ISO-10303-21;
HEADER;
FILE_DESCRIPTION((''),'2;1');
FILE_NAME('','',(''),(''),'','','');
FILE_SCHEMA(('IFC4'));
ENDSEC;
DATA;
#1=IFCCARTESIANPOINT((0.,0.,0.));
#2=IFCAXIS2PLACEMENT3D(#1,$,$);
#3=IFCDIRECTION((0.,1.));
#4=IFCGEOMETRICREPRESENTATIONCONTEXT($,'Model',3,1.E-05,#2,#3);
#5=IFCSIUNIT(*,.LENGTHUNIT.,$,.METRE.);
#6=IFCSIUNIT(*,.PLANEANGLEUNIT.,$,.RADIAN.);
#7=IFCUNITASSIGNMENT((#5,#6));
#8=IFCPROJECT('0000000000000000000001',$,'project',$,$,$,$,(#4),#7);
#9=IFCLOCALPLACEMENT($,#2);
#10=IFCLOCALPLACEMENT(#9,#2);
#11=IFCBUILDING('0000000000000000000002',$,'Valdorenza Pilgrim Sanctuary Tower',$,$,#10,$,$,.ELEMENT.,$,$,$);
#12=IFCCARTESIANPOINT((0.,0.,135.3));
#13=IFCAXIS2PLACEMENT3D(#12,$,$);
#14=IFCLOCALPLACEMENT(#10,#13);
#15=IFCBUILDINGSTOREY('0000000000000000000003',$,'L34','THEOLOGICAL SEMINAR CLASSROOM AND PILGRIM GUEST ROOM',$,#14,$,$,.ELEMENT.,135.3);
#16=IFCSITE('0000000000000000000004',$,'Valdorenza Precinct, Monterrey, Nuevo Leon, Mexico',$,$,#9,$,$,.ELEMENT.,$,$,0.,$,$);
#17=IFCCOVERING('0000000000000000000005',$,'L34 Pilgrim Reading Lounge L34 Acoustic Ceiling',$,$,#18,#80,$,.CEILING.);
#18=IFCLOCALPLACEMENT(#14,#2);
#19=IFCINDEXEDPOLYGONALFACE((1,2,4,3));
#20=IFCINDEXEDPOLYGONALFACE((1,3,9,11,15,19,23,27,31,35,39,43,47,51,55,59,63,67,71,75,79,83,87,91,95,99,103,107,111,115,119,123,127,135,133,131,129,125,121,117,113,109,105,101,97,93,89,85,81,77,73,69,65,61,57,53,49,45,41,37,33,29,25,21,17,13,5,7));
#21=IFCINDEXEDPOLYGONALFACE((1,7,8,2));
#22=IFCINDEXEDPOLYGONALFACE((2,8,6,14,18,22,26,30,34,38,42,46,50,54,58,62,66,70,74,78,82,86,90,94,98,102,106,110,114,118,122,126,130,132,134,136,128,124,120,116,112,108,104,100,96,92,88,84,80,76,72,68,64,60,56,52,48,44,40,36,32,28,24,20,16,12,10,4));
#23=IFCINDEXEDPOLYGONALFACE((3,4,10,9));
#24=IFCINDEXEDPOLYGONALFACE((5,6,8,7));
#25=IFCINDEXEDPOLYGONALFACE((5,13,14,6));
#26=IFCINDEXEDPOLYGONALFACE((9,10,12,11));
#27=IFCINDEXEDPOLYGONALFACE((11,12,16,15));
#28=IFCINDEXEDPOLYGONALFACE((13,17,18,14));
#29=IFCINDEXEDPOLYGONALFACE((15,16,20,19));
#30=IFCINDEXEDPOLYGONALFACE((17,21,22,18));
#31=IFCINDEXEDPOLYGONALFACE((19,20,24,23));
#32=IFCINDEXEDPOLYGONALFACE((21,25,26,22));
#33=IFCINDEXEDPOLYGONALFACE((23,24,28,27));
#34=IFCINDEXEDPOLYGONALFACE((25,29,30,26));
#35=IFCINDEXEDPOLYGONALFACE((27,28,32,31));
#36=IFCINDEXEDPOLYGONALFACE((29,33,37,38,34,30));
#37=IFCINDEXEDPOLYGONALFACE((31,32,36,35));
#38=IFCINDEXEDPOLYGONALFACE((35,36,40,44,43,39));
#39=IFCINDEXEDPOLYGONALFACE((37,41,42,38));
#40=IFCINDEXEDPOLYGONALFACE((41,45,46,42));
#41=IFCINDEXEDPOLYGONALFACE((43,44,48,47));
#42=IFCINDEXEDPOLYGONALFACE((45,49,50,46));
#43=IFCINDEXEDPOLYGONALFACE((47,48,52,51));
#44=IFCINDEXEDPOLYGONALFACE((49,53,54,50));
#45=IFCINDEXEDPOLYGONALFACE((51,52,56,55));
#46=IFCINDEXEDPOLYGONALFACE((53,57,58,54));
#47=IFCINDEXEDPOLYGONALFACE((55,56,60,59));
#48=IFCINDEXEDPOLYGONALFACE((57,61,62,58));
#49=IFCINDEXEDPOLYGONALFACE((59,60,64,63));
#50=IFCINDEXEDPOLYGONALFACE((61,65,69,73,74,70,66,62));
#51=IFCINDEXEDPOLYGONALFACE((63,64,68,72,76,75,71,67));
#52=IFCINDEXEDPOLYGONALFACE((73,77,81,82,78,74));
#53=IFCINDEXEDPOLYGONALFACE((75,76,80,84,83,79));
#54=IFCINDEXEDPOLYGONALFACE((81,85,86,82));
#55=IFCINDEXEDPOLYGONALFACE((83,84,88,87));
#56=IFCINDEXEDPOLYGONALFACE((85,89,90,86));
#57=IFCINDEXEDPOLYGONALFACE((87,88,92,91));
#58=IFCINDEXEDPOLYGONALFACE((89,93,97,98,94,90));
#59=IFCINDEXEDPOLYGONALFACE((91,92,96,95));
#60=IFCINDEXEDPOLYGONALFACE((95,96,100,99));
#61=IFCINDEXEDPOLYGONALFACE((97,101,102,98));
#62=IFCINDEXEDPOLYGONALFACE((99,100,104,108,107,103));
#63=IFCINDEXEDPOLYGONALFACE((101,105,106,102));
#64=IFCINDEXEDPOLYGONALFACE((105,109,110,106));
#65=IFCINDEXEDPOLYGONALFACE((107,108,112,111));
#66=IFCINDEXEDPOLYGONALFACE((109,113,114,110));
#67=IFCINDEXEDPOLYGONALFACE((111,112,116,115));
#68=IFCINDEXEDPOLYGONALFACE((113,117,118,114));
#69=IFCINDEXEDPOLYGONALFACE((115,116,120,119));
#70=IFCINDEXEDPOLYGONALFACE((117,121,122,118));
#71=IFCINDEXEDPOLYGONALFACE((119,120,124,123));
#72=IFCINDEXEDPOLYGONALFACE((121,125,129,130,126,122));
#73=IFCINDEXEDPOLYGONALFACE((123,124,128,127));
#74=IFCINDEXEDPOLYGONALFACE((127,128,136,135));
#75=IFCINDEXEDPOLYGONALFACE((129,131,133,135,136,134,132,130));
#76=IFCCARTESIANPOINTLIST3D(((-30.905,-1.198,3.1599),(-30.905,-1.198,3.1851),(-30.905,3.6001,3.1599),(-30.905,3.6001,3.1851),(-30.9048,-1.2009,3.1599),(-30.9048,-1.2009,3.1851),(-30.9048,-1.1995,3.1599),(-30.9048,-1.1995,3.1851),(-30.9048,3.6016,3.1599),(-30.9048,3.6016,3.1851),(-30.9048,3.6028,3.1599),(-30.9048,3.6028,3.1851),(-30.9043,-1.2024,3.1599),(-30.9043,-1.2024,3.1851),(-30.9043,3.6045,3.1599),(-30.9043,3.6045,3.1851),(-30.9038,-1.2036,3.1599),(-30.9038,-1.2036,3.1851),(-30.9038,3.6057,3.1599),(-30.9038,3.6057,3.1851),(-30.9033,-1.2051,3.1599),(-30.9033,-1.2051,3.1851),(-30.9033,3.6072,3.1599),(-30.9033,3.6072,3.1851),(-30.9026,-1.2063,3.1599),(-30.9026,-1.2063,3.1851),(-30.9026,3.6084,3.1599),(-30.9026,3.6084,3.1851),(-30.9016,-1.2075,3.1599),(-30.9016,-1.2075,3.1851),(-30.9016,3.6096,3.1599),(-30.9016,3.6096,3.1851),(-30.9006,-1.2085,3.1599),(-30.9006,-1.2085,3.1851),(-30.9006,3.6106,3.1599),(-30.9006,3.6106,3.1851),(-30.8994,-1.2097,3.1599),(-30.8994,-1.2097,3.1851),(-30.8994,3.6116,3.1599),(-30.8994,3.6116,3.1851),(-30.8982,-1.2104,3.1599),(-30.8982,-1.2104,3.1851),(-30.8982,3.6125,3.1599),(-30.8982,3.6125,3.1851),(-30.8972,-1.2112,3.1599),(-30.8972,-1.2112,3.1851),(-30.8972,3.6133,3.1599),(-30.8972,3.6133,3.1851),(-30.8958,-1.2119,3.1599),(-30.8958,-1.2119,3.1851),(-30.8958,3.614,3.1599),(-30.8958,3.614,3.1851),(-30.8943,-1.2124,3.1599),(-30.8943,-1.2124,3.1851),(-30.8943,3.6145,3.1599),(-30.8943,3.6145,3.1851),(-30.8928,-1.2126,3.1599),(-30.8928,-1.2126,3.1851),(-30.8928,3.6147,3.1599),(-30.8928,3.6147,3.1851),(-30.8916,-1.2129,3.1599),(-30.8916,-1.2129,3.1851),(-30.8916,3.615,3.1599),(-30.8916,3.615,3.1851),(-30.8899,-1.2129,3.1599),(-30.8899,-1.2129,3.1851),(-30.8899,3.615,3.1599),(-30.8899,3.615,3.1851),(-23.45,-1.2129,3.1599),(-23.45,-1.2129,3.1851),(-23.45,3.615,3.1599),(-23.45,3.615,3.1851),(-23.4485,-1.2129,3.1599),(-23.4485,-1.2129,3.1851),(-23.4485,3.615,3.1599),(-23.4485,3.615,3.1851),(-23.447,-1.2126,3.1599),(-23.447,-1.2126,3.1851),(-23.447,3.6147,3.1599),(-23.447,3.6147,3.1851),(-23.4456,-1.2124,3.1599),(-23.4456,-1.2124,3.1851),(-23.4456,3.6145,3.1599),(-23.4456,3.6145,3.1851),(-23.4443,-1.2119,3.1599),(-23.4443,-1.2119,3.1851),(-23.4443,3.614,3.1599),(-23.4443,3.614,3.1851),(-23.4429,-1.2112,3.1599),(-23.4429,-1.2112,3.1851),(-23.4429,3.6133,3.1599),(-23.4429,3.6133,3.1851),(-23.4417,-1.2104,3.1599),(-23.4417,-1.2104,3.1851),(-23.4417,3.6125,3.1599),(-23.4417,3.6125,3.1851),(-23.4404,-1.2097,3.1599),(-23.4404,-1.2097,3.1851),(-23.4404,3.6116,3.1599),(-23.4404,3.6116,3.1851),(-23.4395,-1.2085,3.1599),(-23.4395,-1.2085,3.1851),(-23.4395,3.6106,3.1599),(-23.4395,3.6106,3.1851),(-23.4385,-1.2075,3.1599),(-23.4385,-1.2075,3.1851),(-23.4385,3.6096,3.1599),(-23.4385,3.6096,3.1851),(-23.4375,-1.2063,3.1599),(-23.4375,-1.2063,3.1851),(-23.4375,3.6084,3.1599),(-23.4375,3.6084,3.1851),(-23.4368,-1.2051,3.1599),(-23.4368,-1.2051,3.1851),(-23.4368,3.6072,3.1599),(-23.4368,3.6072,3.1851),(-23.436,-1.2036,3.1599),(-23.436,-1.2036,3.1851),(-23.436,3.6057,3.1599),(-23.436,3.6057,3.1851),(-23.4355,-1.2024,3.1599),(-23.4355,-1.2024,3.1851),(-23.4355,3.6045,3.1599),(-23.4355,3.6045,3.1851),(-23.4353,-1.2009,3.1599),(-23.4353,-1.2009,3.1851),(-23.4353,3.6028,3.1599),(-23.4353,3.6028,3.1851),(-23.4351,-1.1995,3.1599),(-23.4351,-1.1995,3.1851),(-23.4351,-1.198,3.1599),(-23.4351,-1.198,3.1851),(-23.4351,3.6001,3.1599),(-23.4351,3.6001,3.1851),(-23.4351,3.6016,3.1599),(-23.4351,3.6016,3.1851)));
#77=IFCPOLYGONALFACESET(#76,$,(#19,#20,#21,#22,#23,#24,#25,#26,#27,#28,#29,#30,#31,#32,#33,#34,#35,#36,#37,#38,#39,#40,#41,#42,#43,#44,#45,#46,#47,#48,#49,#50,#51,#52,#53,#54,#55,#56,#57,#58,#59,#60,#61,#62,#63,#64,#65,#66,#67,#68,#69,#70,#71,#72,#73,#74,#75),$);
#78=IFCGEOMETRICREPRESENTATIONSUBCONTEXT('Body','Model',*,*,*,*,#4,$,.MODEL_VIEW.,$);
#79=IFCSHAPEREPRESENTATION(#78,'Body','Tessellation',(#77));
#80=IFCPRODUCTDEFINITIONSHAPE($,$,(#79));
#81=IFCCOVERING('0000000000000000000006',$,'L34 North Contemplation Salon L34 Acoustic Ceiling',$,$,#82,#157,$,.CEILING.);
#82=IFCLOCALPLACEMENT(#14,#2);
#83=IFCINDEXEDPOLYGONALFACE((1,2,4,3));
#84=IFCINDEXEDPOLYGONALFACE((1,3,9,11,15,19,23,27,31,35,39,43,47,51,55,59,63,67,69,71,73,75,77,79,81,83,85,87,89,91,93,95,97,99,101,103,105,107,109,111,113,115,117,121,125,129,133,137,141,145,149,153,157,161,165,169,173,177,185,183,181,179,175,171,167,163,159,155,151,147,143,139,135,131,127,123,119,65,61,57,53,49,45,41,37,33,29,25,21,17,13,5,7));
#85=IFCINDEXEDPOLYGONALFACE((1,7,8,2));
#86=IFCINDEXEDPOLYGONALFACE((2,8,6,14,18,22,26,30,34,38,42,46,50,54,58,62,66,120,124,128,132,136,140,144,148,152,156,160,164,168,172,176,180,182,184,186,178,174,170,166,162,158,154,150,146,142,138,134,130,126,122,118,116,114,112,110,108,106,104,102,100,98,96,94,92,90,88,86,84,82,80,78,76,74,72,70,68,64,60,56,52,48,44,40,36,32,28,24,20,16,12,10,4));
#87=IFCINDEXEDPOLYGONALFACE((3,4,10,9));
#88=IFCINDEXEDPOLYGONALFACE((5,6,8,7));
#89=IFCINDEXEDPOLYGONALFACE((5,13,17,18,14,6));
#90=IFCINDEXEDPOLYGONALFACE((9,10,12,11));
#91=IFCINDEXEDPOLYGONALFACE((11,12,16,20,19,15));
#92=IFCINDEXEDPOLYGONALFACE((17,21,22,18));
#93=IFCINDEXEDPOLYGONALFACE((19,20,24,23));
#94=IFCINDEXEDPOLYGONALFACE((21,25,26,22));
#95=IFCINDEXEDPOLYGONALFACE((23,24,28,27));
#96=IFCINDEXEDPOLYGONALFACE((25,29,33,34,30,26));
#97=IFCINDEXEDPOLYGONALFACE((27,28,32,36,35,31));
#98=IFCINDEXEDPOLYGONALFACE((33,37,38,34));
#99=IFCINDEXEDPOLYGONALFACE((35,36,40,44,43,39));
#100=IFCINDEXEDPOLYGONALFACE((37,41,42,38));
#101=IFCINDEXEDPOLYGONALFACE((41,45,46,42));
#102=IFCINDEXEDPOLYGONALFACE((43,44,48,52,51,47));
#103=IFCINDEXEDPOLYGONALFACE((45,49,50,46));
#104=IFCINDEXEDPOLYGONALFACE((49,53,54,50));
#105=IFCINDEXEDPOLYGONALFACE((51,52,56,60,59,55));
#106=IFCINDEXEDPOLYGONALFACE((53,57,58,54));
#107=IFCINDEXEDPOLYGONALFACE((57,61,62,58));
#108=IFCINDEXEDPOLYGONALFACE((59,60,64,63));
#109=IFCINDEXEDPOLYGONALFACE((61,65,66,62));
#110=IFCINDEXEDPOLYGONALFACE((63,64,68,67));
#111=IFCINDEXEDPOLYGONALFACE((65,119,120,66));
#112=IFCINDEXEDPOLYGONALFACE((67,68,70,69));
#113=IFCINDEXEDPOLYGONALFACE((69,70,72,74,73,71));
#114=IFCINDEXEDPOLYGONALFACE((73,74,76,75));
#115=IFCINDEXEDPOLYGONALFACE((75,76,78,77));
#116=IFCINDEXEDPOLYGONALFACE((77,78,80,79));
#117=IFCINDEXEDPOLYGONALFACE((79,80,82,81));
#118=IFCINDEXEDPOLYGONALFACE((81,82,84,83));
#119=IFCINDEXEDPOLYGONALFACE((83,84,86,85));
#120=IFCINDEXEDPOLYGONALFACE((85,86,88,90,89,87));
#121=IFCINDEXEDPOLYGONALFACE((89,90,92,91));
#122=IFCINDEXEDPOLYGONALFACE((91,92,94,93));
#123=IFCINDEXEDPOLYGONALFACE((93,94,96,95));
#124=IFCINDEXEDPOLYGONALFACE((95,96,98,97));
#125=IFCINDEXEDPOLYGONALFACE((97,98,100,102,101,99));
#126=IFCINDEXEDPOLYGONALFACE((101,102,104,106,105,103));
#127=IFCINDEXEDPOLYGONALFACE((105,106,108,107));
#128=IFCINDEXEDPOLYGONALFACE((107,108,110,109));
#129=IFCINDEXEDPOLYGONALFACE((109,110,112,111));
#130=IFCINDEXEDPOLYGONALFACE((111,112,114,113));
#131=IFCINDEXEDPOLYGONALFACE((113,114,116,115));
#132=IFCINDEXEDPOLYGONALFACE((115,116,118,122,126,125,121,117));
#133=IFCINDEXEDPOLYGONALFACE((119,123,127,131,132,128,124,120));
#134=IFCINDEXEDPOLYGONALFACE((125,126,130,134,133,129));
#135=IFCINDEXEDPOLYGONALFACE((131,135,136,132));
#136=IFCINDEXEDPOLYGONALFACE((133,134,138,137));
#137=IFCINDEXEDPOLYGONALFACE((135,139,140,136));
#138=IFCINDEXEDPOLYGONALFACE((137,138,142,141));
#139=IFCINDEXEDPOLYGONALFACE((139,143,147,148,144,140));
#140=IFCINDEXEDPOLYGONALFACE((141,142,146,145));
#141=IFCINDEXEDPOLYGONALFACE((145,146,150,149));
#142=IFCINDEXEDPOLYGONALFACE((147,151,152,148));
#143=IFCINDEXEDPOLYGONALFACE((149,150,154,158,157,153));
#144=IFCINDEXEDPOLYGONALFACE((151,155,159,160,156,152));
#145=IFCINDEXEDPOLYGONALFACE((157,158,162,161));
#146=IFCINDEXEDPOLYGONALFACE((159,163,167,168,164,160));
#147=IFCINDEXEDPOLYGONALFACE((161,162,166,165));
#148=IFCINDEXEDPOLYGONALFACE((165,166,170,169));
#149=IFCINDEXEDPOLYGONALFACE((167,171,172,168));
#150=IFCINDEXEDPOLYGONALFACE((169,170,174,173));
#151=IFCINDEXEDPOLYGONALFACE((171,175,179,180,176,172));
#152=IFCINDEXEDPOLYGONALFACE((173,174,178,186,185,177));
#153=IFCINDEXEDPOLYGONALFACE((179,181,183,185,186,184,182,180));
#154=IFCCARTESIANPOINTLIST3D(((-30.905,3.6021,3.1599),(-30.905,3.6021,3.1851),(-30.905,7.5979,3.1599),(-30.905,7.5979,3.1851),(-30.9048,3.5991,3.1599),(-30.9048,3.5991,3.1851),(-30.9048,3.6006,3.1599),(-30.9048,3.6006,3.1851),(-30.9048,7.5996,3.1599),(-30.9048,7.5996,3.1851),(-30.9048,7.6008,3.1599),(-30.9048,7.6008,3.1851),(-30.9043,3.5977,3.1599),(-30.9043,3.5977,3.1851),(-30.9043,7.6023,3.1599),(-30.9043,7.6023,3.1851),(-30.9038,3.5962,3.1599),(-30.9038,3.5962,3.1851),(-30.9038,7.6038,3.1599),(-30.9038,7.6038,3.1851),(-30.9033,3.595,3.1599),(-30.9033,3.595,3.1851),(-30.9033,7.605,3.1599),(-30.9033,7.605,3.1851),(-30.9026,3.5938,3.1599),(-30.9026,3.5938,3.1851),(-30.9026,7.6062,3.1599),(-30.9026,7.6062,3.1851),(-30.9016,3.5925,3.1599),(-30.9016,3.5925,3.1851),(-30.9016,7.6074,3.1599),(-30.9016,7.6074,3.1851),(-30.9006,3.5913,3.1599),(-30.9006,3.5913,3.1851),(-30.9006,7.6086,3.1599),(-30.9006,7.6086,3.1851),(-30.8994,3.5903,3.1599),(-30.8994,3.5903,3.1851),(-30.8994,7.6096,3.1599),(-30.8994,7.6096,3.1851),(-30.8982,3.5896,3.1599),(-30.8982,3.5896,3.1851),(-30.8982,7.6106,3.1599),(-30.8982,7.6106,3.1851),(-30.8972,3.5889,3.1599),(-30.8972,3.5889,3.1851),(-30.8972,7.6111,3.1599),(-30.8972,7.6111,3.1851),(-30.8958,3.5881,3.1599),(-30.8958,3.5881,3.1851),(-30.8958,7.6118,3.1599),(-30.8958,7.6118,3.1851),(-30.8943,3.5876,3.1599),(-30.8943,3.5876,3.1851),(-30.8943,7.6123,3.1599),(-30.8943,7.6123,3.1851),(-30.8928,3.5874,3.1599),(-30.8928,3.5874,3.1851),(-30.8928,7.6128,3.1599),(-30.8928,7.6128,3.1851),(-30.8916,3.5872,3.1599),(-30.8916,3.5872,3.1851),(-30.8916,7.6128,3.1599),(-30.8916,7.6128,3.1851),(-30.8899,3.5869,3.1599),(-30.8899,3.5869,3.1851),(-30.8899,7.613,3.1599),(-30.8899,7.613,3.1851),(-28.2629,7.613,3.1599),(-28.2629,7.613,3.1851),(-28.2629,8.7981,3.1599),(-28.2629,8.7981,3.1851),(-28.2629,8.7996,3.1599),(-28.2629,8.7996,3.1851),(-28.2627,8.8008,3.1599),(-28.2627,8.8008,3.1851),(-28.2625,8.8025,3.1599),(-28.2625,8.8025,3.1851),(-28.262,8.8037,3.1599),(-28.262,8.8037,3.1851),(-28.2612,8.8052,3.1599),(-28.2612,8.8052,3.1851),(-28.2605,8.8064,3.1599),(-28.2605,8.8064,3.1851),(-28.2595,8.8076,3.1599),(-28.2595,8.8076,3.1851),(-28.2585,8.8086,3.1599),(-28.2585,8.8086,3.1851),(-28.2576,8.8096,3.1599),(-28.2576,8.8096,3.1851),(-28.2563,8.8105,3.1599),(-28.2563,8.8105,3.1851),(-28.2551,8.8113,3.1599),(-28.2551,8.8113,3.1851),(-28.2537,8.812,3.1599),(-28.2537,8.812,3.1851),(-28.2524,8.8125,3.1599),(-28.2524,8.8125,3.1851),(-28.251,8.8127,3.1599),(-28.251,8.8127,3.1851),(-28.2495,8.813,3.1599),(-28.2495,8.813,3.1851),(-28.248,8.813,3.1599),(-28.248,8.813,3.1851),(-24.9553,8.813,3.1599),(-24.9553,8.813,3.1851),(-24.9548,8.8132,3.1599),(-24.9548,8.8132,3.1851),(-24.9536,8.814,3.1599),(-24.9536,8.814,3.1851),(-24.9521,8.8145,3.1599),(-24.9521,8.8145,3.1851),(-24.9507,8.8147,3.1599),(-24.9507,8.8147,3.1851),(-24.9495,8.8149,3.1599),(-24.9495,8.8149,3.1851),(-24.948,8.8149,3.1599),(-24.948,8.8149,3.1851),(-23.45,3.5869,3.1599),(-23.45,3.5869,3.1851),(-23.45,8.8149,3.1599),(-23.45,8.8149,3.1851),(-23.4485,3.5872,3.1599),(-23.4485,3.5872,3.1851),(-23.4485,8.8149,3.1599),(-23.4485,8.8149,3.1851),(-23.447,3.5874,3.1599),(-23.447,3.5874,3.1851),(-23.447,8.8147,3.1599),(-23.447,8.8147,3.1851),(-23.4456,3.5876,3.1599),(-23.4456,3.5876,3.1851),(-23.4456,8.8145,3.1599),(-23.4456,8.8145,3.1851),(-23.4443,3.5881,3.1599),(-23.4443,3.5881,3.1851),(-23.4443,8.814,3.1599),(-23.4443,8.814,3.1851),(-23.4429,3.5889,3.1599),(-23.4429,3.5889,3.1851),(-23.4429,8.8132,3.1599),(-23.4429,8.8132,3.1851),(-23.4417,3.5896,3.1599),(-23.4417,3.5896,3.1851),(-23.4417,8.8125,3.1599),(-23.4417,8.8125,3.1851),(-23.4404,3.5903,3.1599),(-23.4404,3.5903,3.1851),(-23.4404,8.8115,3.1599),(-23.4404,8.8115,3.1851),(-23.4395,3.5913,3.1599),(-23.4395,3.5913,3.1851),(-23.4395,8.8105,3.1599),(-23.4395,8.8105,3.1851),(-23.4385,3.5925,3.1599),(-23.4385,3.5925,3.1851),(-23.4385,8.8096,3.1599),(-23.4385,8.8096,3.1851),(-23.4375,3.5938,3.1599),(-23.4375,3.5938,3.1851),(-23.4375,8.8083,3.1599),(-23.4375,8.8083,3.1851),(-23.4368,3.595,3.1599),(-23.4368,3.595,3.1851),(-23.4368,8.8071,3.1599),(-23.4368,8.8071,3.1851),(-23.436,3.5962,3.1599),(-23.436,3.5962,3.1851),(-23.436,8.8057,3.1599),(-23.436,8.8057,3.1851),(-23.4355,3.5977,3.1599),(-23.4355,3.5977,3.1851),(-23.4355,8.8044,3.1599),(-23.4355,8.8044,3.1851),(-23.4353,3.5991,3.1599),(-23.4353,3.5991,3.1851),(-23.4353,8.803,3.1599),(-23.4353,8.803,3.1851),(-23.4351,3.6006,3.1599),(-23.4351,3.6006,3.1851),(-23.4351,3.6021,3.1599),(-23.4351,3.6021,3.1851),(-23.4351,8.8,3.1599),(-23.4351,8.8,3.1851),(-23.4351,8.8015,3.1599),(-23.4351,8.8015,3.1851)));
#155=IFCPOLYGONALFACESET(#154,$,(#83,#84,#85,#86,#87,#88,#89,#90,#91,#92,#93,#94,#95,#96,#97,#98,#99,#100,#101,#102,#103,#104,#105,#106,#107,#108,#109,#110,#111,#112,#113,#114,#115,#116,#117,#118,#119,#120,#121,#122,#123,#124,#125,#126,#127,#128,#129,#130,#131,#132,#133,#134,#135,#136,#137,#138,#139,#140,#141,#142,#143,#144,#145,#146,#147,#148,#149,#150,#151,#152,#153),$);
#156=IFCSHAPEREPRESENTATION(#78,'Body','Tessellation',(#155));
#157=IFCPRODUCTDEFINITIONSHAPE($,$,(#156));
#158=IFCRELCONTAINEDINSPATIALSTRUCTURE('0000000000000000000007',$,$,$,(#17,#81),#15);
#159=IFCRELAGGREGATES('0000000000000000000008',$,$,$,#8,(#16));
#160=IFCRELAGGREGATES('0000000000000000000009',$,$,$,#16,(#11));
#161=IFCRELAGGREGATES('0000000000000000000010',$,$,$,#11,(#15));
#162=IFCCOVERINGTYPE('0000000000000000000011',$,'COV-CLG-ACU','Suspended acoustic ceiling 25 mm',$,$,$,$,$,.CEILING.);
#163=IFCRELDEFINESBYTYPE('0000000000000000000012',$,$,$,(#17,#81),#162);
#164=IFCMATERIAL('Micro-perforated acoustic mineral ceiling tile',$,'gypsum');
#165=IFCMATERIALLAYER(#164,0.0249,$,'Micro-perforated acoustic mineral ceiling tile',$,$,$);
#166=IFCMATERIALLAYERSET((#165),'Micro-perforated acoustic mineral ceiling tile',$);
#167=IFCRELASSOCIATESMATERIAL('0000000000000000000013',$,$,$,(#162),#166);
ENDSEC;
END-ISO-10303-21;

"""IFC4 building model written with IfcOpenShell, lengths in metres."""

from ifc_helpers import new_model, si_unit, direction, frame, origin, place, context, subcontext, project, spatial, polyline, outline, extrude, material, layer, layer_set, type_object, element, save


model = new_model("IFC4")

# Units and contexts
model_context = context("Model", 3, precision=1e-05, world=origin(), true_north=direction((0.0, 1.0)))
body_context = subcontext(model_context, "Body", "Model", "MODEL_VIEW")
ifc_project = project(units=[si_unit("LENGTHUNIT", "METRE"), si_unit("PLANEANGLEUNIT", "RADIAN")], contexts=[model_context])

# Site, building, storey
site_placement = place(None, origin())
site = spatial("IfcSite", under=ifc_project, at=site_placement, Name="Valdorenza Precinct, Monterrey, Nuevo Leon, Mexico", CompositionType="ELEMENT", RefElevation=0.0)
building_placement = place(site_placement, origin())
building = spatial("IfcBuilding", under=site, at=building_placement, Name="Valdorenza Pilgrim Sanctuary Tower", CompositionType="ELEMENT")
storey_placement = place(building_placement, frame((0.0, 0.0, 135.3)))
storey = spatial("IfcBuildingStorey", under=building, at=storey_placement, Name="L34", Description="THEOLOGICAL SEMINAR CLASSROOM AND PILGRIM GUEST ROOM", CompositionType="ELEMENT", Elevation=135.3)

# Coverings
ifc_material_1 = material(Name="Micro-perforated acoustic mineral ceiling tile", Category="gypsum")
ifc_layer_1 = layer(ifc_material_1, 0.0249, Name="Micro-perforated acoustic mineral ceiling tile")
ifc_layer_set_1 = layer_set([ifc_layer_1], Name="Micro-perforated acoustic mineral ceiling tile")
covering_type_1 = type_object("IfcCoveringType", Name="COV-CLG-ACU", Description="Suspended acoustic ceiling 25 mm", PredefinedType="CEILING", material=ifc_layer_set_1)
covering_1_placement = place(storey_placement, frame((0.0, 0.0, 3.1599)))
element("IfcCovering", 1, at=covering_1_placement, inside=storey, type_object=covering_type_1, Name="L34 Pilgrim Reading Lounge L34 Acoustic Ceiling", PredefinedType="CEILING", context=body_context, shape_type="SweptSolid", body=[
    extrude(outline(polyline([(-23.4351, -1.198), (-23.4351, -1.1995), (-23.4353, -1.2009), (-23.4355, -1.2024), (-23.436, -1.2036), (-23.4368, -1.2051), (-23.4375, -1.2063), (-23.4385, -1.2075), (-23.4395, -1.2085), (-23.4404, -1.2097), (-23.4417, -1.2104), (-23.4429, -1.2112), (-23.4443, -1.2119), (-23.4456, -1.2124), (-23.447, -1.2126), (-23.4485, -1.2129), (-23.45, -1.2129), (-30.8899, -1.2129), (-30.8916, -1.2129), (-30.8928, -1.2126), (-30.8943, -1.2124), (-30.8958, -1.2119), (-30.8972, -1.2112), (-30.8982, -1.2104), (-30.8994, -1.2097), (-30.9006, -1.2085), (-30.9016, -1.2075), (-30.9026, -1.2063), (-30.9033, -1.2051), (-30.9038, -1.2036), (-30.9043, -1.2024), (-30.9048, -1.2009), (-30.9048, -1.1995), (-30.905, -1.198), (-30.905, 3.6001), (-30.9048, 3.6016), (-30.9048, 3.6028), (-30.9043, 3.6045), (-30.9038, 3.6057), (-30.9033, 3.6072), (-30.9026, 3.6084), (-30.9016, 3.6096), (-30.9006, 3.6106), (-30.8994, 3.6116), (-30.8982, 3.6125), (-30.8972, 3.6133), (-30.8958, 3.614), (-30.8943, 3.6145), (-30.8928, 3.6147), (-30.8916, 3.615), (-30.8899, 3.615), (-23.45, 3.615), (-23.4485, 3.615), (-23.447, 3.6147), (-23.4456, 3.6145), (-23.4443, 3.614), (-23.4429, 3.6133), (-23.4417, 3.6125), (-23.4404, 3.6116), (-23.4395, 3.6106), (-23.4385, 3.6096), (-23.4375, 3.6084), (-23.4368, 3.6072), (-23.436, 3.6057), (-23.4355, 3.6045), (-23.4353, 3.6028), (-23.4351, 3.6016), (-23.4351, 3.6001), (-23.4351, -1.198)])), origin(), (0.0, 0.0, 1.0), 0.0251),
])
covering_2_placement = place(storey_placement, frame((0.0, 0.0, 3.1599)))
element("IfcCovering", 2, at=covering_2_placement, inside=storey, type_object=covering_type_1, Name="L34 North Contemplation Salon L34 Acoustic Ceiling", PredefinedType="CEILING", context=body_context, shape_type="SweptSolid", body=[
    extrude(outline(polyline([(-28.2629, 7.613), (-28.2629, 8.7981), (-28.2629, 8.7996), (-28.2627, 8.8008), (-28.2625, 8.8025), (-28.262, 8.8037), (-28.2612, 8.8052), (-28.2605, 8.8064), (-28.2595, 8.8076), (-28.2585, 8.8086), (-28.2576, 8.8096), (-28.2563, 8.8105), (-28.2551, 8.8113), (-28.2537, 8.812), (-28.2524, 8.8125), (-28.251, 8.8127), (-28.2495, 8.813), (-28.248, 8.813), (-24.9553, 8.813), (-24.9548, 8.8132), (-24.9536, 8.814), (-24.9521, 8.8145), (-24.9507, 8.8147), (-24.9495, 8.8149), (-24.948, 8.8149), (-23.45, 8.8149), (-23.4485, 8.8149), (-23.447, 8.8147), (-23.4456, 8.8145), (-23.4443, 8.814), (-23.4429, 8.8132), (-23.4417, 8.8125), (-23.4404, 8.8115), (-23.4395, 8.8105), (-23.4385, 8.8096), (-23.4375, 8.8083), (-23.4368, 8.8071), (-23.436, 8.8057), (-23.4355, 8.8044), (-23.4353, 8.803), (-23.4351, 8.8015), (-23.4351, 8.8), (-23.4351, 3.6021), (-23.4351, 3.6006), (-23.4353, 3.5991), (-23.4355, 3.5977), (-23.436, 3.5962), (-23.4368, 3.595), (-23.4375, 3.5938), (-23.4385, 3.5925), (-23.4395, 3.5913), (-23.4404, 3.5903), (-23.4417, 3.5896), (-23.4429, 3.5889), (-23.4443, 3.5881), (-23.4456, 3.5876), (-23.447, 3.5874), (-23.4485, 3.5872), (-23.45, 3.5869), (-30.8899, 3.5869), (-30.8916, 3.5872), (-30.8928, 3.5874), (-30.8943, 3.5876), (-30.8958, 3.5881), (-30.8972, 3.5889), (-30.8982, 3.5896), (-30.8994, 3.5903), (-30.9006, 3.5913), (-30.9016, 3.5925), (-30.9026, 3.5938), (-30.9033, 3.595), (-30.9038, 3.5962), (-30.9043, 3.5977), (-30.9048, 3.5991), (-30.9048, 3.6006), (-30.905, 3.6021), (-30.905, 7.5979), (-30.9048, 7.5996), (-30.9048, 7.6008), (-30.9043, 7.6023), (-30.9038, 7.6038), (-30.9033, 7.605), (-30.9026, 7.6062), (-30.9016, 7.6074), (-30.9006, 7.6086), (-30.8994, 7.6096), (-30.8982, 7.6106), (-30.8972, 7.6111), (-30.8958, 7.6118), (-30.8943, 7.6123), (-30.8928, 7.6128), (-30.8916, 7.6128), (-30.8899, 7.613), (-28.2629, 7.613)])), origin(), (0.0, 0.0, 1.0), 0.0251),
])

save(model, "model.ifc")
